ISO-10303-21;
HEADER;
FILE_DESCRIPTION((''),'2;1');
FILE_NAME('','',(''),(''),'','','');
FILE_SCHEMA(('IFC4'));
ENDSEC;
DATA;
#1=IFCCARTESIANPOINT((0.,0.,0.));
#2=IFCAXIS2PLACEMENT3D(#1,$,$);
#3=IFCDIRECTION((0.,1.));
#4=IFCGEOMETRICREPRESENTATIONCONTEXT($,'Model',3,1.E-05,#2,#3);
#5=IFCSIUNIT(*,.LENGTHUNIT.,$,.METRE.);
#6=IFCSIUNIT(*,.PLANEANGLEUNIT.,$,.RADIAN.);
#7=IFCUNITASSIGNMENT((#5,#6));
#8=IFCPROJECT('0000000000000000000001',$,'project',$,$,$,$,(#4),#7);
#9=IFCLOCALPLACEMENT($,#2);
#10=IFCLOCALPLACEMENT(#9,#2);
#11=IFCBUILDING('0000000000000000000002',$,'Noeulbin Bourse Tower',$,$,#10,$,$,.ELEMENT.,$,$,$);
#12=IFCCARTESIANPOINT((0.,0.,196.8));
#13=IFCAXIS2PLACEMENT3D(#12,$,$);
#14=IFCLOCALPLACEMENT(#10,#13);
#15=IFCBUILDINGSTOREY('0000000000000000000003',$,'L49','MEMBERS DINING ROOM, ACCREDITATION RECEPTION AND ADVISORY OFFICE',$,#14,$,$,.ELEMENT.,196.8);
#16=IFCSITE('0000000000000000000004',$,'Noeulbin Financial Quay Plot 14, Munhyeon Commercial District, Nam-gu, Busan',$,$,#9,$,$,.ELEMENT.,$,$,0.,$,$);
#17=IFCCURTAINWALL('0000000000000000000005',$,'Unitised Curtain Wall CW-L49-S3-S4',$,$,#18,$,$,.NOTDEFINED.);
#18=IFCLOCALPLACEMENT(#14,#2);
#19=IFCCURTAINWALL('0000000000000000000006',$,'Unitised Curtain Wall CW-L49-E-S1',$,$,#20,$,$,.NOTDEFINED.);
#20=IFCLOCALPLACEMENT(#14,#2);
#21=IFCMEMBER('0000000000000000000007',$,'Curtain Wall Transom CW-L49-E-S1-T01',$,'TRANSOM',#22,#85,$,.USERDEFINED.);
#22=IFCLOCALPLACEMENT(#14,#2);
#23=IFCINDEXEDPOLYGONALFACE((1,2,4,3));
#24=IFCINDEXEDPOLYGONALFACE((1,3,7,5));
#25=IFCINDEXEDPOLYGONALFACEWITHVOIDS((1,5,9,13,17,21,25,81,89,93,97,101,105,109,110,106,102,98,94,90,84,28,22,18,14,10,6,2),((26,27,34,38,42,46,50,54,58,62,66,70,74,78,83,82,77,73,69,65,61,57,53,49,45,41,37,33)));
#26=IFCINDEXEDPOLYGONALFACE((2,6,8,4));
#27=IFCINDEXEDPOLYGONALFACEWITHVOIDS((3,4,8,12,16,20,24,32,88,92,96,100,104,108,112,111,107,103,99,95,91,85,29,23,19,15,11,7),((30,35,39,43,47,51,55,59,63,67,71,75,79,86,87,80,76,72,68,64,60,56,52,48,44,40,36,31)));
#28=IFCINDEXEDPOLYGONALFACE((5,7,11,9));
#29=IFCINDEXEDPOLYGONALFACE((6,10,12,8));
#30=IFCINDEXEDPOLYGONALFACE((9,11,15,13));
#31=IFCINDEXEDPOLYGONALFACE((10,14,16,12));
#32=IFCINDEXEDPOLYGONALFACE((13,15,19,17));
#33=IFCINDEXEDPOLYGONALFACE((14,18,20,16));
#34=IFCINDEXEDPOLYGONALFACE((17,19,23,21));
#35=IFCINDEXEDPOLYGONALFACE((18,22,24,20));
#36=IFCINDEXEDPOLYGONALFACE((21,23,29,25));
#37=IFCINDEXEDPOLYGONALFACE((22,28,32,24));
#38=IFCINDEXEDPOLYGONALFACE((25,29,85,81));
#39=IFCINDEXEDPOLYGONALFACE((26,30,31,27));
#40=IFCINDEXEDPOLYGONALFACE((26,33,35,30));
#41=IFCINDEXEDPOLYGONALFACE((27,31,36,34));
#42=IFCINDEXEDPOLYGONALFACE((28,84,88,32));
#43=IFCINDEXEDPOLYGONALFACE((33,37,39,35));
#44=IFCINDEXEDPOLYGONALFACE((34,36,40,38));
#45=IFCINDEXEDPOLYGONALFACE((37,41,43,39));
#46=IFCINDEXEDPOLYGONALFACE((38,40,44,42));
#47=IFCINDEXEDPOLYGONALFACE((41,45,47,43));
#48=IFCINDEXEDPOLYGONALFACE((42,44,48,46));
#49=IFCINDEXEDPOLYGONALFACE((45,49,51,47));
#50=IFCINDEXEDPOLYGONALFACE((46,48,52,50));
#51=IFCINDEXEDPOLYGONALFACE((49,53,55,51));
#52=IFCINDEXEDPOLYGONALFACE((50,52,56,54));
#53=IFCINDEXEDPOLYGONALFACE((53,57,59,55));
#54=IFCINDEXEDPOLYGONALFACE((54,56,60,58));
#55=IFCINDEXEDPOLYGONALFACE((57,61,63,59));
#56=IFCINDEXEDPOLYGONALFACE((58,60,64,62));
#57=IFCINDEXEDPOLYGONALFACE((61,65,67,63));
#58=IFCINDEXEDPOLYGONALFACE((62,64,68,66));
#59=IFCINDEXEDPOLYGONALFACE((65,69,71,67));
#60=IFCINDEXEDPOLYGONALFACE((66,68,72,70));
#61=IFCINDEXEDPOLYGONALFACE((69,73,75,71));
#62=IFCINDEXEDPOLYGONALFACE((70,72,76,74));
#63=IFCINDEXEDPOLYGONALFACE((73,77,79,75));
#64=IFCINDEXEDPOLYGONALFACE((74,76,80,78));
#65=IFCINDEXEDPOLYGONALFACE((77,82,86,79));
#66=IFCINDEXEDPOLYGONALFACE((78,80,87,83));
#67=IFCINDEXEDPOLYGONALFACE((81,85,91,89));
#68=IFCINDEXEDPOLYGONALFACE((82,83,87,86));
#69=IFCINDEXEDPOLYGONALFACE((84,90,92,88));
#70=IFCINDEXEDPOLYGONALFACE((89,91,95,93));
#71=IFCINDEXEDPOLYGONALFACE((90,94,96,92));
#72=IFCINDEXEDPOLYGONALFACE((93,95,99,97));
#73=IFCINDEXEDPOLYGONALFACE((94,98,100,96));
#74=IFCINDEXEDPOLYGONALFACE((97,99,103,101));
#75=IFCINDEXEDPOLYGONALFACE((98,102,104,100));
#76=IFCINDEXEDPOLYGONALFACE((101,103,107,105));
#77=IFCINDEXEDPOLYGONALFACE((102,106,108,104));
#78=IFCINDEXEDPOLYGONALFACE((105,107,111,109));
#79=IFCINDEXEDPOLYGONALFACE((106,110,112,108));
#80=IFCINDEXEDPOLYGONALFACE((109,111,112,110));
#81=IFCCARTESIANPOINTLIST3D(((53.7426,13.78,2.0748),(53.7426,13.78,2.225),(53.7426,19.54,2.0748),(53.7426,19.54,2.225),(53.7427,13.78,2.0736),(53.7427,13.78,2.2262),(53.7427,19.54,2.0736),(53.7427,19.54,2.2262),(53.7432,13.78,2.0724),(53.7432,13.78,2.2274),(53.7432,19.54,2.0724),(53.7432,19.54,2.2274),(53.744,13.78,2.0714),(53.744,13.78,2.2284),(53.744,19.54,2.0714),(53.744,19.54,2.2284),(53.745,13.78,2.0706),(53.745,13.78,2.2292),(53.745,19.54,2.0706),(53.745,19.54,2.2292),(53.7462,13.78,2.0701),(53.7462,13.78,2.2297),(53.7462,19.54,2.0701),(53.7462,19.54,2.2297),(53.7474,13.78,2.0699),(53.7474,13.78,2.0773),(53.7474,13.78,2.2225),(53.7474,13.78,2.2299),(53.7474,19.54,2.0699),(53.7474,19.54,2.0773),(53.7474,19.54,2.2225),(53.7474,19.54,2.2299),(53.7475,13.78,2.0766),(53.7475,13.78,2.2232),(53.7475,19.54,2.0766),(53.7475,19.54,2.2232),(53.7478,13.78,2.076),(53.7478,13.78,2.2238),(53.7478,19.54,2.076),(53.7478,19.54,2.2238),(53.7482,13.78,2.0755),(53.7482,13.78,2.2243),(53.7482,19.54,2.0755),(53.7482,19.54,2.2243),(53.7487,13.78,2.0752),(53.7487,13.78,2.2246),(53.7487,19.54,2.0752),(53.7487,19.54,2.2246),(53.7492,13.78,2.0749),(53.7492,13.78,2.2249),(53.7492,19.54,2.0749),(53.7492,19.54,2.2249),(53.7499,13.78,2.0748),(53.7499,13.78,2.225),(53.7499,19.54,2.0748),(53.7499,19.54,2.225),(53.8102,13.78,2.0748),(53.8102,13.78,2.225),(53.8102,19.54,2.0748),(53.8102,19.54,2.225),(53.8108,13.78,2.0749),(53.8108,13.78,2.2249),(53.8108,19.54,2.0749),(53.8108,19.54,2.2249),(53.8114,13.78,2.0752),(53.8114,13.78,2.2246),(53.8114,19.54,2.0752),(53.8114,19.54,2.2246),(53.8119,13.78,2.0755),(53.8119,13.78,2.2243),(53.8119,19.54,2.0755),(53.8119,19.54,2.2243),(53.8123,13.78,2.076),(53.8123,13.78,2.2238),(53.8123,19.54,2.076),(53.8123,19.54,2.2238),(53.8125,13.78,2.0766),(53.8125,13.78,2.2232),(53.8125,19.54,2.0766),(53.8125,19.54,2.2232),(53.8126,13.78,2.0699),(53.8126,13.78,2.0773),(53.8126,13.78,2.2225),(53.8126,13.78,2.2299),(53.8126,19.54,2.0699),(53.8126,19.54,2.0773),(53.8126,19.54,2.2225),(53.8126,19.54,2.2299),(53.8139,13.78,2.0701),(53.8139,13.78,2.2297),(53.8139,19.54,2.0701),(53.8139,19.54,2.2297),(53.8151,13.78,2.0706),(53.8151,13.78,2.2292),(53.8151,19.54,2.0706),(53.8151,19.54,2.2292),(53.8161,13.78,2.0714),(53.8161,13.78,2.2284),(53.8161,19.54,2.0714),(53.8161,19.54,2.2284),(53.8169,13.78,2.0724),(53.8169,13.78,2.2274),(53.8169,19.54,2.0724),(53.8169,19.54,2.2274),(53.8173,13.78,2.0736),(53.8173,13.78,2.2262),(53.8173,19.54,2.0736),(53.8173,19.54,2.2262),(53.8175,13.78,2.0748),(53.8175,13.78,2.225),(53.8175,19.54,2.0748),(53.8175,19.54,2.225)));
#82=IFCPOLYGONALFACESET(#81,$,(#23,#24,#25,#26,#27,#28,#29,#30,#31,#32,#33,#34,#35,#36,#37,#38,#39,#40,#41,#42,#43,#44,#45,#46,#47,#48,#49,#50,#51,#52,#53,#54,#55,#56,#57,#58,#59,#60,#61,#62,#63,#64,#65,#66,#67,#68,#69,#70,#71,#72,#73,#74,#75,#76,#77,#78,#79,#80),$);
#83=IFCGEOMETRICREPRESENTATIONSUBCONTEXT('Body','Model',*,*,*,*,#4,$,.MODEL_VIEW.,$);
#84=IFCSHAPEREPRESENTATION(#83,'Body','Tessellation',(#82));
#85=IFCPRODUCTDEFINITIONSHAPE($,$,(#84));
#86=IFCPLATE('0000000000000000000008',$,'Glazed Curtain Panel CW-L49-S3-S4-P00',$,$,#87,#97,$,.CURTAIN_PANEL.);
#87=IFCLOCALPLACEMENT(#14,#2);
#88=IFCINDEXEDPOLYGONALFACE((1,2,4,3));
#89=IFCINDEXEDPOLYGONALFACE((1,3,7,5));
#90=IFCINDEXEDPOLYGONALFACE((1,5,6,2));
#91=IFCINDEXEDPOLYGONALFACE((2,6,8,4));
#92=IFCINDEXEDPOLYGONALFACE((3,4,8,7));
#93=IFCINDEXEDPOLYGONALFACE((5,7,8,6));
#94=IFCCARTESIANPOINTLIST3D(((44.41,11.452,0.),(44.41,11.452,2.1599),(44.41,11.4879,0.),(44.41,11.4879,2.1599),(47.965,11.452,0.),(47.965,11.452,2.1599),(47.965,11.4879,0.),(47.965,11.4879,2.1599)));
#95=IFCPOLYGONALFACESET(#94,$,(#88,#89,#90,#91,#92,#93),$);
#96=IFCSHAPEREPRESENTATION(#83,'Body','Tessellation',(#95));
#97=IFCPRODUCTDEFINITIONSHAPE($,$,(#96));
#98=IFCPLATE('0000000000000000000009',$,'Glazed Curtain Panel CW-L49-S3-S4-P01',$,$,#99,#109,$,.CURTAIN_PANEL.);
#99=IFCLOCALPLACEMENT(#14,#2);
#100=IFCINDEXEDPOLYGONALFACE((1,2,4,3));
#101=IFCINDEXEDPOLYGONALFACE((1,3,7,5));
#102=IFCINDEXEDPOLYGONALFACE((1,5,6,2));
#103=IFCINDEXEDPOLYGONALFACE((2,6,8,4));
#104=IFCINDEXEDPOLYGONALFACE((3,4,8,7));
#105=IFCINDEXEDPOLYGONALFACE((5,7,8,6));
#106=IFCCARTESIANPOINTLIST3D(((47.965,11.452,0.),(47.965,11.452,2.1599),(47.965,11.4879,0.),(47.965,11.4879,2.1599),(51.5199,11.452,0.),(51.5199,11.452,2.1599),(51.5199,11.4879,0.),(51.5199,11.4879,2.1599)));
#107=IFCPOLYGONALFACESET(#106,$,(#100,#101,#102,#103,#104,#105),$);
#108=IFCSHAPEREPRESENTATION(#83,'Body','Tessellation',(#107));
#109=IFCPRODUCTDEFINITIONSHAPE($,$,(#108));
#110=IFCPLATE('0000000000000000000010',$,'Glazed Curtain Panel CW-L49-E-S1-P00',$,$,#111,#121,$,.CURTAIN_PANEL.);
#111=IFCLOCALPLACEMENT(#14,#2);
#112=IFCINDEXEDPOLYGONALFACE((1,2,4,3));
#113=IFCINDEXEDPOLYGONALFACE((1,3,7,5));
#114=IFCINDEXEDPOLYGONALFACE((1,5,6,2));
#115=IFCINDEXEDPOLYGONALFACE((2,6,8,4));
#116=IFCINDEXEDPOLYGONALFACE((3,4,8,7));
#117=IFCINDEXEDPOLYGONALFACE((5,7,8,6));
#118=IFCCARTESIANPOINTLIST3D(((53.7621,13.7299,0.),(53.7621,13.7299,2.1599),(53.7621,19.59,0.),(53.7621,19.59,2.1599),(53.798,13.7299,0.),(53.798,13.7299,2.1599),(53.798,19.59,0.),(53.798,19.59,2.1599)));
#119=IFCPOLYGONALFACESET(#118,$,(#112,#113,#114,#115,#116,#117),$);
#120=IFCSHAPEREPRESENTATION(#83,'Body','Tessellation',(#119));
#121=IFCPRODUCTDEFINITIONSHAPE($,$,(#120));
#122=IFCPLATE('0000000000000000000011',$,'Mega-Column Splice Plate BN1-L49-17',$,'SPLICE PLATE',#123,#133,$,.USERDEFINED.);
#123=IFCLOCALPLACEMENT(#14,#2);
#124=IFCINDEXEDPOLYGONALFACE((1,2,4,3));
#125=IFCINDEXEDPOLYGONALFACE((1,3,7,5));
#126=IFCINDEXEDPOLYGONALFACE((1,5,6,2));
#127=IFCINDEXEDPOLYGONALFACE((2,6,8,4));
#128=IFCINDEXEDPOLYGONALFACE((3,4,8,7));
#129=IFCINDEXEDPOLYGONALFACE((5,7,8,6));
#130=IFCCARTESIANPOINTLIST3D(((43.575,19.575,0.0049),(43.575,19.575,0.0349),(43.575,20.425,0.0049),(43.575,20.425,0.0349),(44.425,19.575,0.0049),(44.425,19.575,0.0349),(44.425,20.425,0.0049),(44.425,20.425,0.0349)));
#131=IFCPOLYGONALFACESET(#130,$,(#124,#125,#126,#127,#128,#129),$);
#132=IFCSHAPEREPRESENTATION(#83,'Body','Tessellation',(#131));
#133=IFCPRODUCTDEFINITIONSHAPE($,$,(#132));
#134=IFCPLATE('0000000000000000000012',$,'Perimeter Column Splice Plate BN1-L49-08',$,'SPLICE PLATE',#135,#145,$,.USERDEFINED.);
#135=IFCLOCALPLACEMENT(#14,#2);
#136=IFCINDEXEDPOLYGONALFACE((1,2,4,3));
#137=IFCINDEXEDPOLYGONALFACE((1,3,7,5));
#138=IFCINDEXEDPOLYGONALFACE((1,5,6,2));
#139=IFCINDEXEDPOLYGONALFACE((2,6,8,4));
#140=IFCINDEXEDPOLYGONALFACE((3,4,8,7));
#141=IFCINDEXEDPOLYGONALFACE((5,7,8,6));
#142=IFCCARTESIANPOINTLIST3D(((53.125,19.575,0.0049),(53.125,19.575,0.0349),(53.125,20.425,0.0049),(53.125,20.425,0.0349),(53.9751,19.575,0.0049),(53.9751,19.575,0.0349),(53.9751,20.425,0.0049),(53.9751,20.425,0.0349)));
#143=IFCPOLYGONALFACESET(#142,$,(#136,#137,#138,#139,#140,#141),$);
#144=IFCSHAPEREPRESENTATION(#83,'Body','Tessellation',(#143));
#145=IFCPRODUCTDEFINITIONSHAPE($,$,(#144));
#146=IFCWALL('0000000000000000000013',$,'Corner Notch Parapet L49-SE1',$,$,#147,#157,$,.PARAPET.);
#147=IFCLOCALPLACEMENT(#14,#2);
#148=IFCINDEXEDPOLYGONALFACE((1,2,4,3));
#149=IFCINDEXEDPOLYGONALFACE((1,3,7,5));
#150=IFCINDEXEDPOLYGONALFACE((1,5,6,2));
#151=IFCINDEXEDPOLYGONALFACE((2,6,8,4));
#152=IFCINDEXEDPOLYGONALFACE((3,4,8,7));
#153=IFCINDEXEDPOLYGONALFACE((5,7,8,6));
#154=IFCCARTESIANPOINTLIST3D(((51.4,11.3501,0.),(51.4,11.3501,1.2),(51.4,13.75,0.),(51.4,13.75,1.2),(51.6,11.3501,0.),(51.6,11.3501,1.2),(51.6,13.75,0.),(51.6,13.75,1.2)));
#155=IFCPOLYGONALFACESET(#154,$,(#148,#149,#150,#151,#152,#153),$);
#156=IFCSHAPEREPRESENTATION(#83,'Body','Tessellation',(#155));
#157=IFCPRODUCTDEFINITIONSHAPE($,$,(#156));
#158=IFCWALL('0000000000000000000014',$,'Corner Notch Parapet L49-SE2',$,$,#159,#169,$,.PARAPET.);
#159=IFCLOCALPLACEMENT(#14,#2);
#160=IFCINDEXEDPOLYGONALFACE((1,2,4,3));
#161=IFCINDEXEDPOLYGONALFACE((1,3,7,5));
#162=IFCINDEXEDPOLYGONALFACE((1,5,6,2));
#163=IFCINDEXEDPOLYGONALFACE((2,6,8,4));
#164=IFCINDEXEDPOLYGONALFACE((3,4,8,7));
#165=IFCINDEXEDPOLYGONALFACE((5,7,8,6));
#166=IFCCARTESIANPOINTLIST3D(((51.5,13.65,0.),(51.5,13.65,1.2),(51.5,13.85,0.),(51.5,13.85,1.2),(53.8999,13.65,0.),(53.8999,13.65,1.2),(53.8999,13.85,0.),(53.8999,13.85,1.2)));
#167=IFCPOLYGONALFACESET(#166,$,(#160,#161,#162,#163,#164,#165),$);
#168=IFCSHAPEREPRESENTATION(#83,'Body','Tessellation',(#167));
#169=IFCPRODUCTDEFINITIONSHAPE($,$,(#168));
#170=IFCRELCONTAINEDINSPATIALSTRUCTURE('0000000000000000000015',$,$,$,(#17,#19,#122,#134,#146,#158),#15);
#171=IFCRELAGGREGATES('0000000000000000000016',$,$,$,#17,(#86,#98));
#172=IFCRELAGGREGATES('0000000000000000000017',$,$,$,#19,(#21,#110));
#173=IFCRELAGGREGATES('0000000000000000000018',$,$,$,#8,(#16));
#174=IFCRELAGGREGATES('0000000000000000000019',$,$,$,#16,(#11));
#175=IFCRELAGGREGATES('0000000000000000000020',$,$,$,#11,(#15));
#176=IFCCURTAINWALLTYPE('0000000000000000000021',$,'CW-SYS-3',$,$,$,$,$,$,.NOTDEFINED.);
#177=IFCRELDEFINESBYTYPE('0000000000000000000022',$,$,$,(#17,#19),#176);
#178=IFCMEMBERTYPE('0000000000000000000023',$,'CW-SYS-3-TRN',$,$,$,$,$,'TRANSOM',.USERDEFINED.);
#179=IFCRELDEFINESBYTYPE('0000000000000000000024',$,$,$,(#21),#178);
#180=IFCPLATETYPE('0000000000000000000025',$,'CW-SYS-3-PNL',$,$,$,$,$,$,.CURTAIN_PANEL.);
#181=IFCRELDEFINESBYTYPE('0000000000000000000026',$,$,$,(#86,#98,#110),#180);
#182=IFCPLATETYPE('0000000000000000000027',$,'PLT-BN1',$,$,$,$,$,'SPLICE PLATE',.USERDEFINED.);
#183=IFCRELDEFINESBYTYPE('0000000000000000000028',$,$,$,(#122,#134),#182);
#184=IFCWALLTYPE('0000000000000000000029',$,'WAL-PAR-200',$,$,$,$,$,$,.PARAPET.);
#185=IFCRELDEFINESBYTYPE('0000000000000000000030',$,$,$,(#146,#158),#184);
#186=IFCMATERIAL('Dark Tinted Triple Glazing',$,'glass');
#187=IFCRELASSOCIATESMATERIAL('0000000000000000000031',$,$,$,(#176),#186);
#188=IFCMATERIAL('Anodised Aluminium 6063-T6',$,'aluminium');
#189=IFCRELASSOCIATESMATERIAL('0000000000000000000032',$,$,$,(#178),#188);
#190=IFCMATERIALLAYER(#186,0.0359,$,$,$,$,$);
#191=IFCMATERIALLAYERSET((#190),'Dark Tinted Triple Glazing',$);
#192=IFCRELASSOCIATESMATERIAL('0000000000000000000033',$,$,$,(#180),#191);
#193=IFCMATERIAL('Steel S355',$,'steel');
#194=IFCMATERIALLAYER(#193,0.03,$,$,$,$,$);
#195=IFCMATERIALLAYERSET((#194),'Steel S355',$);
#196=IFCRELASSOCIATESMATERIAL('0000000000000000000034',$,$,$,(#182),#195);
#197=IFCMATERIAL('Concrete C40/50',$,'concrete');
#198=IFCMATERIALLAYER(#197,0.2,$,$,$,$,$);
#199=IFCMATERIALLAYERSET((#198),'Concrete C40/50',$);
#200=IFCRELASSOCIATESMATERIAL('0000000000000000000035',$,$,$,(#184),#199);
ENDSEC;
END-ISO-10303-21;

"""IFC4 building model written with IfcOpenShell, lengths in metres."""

from ifc_helpers import new_model, si_unit, direction, frame, frame_2d, origin, origin_2d, place, context, subcontext, project, spatial, rectangle, hollow_rectangle, extrude, material, layer, layer_set, material_profile, profile_set, type_object, element, aggregate, save


model = new_model("IFC4")

# Units and contexts
model_context = context("Model", 3, precision=1e-05, world=origin(), true_north=direction((0.0, 1.0)))
body_context = subcontext(model_context, "Body", "Model", "MODEL_VIEW")
ifc_project = project(units=[si_unit("LENGTHUNIT", "METRE"), si_unit("PLANEANGLEUNIT", "RADIAN")], contexts=[model_context])

# Site, building, storey
site_placement = place(None, origin())
site = spatial("IfcSite", under=ifc_project, at=site_placement, Name="Noeulbin Financial Quay Plot 14, Munhyeon Commercial District, Nam-gu, Busan", CompositionType="ELEMENT", RefElevation=0.0)
building_placement = place(site_placement, origin())
building = spatial("IfcBuilding", under=site, at=building_placement, Name="Noeulbin Bourse Tower", CompositionType="ELEMENT")
storey_placement = place(building_placement, frame((0.0, 0.0, 196.8)))
storey = spatial("IfcBuildingStorey", under=building, at=storey_placement, Name="L49", Description="MEMBERS DINING ROOM, ACCREDITATION RECEPTION AND ADVISORY OFFICE", CompositionType="ELEMENT", Elevation=196.8)

# Shared definitions
ifc_material_1 = material(Name="Steel S355", Category="steel")

# Curtain walls
ifc_material_2 = material(Name="Dark Tinted Triple Glazing", Category="glass")
curtain_wall_type = type_object("IfcCurtainWallType", Name="CW-SYS-3", PredefinedType="NOTDEFINED", material=ifc_material_2)
curtain_wall_1_placement = place(storey_placement, origin())
curtain_wall_1 = element("IfcCurtainWall", 1, at=curtain_wall_1_placement, inside=storey, type_object=curtain_wall_type, Name="Unitised Curtain Wall CW-L49-S3-S4", PredefinedType="NOTDEFINED")
ifc_material_3 = material(Name="Anodised Aluminium 6063-T6", Category="aluminium")
curtain_wall_2_placement = place(storey_placement, origin())
curtain_wall_2 = element("IfcCurtainWall", 2, at=curtain_wall_2_placement, inside=storey, type_object=curtain_wall_type, Name="Unitised Curtain Wall CW-L49-E-S1", PredefinedType="NOTDEFINED")

# Member
ifc_material_profile_1 = material_profile(ifc_material_3, hollow_rectangle(XDim=0.075, YDim=0.1599, WallThickness=0.0049, InnerFilletRadius=0.0024, OuterFilletRadius=0.0049, at=origin_2d()), Name="ALU-TRAN-75x160x5", Category="LoadBearing")
ifc_profile_set_1 = profile_set([ifc_material_profile_1], Name="Anodised Aluminium 6063-T6")
member_type_1 = type_object("IfcMemberType", Name="CW-SYS-3-TRN", ElementType="TRANSOM", PredefinedType="USERDEFINED", material=ifc_profile_set_1)
member_1_placement = place(storey_placement, frame((53.78, 13.78, 2.1499), z_axis=(0.0, 1.0, 0.0), x_axis=(-1.0, 0.0, 0.0)))
member_1 = element("IfcMember", 3, at=member_1_placement, type_object=member_type_1, Name="Curtain Wall Transom CW-L49-E-S1-T01", ObjectType="TRANSOM", PredefinedType="USERDEFINED", context=body_context, shape_type="SweptSolid", body=[
    extrude(hollow_rectangle(XDim=0.075, YDim=0.1599, WallThickness=0.0049, InnerFilletRadius=0.0024, OuterFilletRadius=0.0049, at=origin_2d()), origin(), (0.0, 0.0, 1.0), 5.76),
])

# Plates
ifc_layer_1 = layer(ifc_material_2, 0.0359)
ifc_layer_set_1 = layer_set([ifc_layer_1], Name="Dark Tinted Triple Glazing")
plate_type_1 = type_object("IfcPlateType", Name="CW-SYS-3-PNL", PredefinedType="CURTAIN_PANEL", material=ifc_layer_set_1)
plate_1_placement = place(storey_placement, frame((46.1875, 11.47, 0.0), z_axis=(0.0, 0.0, 1.0), x_axis=(1.0, 0.0, 0.0)))
plate_1 = element("IfcPlate", 4, at=plate_1_placement, type_object=plate_type_1, Name="Glazed Curtain Panel CW-L49-S3-S4-P00", PredefinedType="CURTAIN_PANEL", context=body_context, shape_type="SweptSolid", body=[
    extrude(rectangle(XDim=3.5549, YDim=0.0359, at=origin_2d()), origin(), (0.0, 0.0, 1.0), 2.1599),
])
plate_2_placement = place(storey_placement, frame((49.7424, 11.47, 0.0), z_axis=(0.0, 0.0, 1.0), x_axis=(1.0, 0.0, 0.0)))
plate_2 = element("IfcPlate", 5, at=plate_2_placement, type_object=plate_type_1, Name="Glazed Curtain Panel CW-L49-S3-S4-P01", PredefinedType="CURTAIN_PANEL", context=body_context, shape_type="SweptSolid", body=[
    extrude(rectangle(XDim=3.5549, YDim=0.0359, at=origin_2d()), origin(), (0.0, 0.0, 1.0), 2.1599),
])
aggregate(curtain_wall_1, [plate_1, plate_2])
plate_3_placement = place(storey_placement, frame((53.78, 16.6599, 0.0), z_axis=(0.0, 0.0, 1.0), x_axis=(0.0, 1.0, 0.0)))
plate_3 = element("IfcPlate", 6, at=plate_3_placement, type_object=plate_type_1, Name="Glazed Curtain Panel CW-L49-E-S1-P00", PredefinedType="CURTAIN_PANEL", context=body_context, shape_type="SweptSolid", body=[
    extrude(rectangle(XDim=5.8601, YDim=0.0359, at=origin_2d()), origin(), (0.0, 0.0, 1.0), 2.1599),
])
aggregate(curtain_wall_2, [member_1, plate_3])

# Plates
ifc_layer_2 = layer(ifc_material_1, 0.03)
ifc_layer_set_2 = layer_set([ifc_layer_2], Name="Steel S355")
plate_type_2 = type_object("IfcPlateType", Name="PLT-BN1", ElementType="SPLICE PLATE", PredefinedType="USERDEFINED", material=ifc_layer_set_2)
for number, where, z_axis, x_axis, name in (
    (7, (44.0, 20.0, 0.0049), (0.0, 0.0, 1.0), (1.0, 0.0, 0.0), "Mega-Column Splice Plate BN1-L49-17"),
    (8, (53.55, 20.0, 0.0049), (0.0, 0.0, 1.0), (1.0, 0.0, 0.0), "Perimeter Column Splice Plate BN1-L49-08"),
):
    element("IfcPlate", number, at=place(storey_placement, frame(where, z_axis=z_axis, x_axis=x_axis)), inside=storey, type_object=plate_type_2, Name=name, ObjectType="SPLICE PLATE", PredefinedType="USERDEFINED", context=body_context, shape_type="SweptSolid", body=[
        extrude(rectangle(XDim=0.8501, YDim=0.8501, at=origin_2d()), origin(), (0.0, 0.0, 1.0), 0.03),
    ])

# Walls
ifc_material_4 = material(Name="Concrete C40/50", Category="concrete")
ifc_layer_3 = layer(ifc_material_4, 0.2)
ifc_layer_set_3 = layer_set([ifc_layer_3], Name="Concrete C40/50")
wall_type_1 = type_object("IfcWallType", Name="WAL-PAR-200", PredefinedType="PARAPET", material=ifc_layer_set_3)
for number, where, z_axis, x_axis, name in (
    (9, (51.5, 11.3501, 0.0), (0.0, 0.0, 1.0), (0.0, 1.0, 0.0), "Corner Notch Parapet L49-SE1"),
    (10, (51.5, 13.75, 0.0), (0.0, 0.0, 1.0), (1.0, 0.0, 0.0), "Corner Notch Parapet L49-SE2"),
):
    element("IfcWall", number, at=place(storey_placement, frame(where, z_axis=z_axis, x_axis=x_axis)), inside=storey, type_object=wall_type_1, Name=name, PredefinedType="PARAPET", context=body_context, shape_type="SweptSolid", body=[
        extrude(rectangle(XDim=2.3999, YDim=0.2, at=frame_2d((1.2, 0.0))), origin(), (0.0, 0.0, 1.0), 1.2),
    ])

save(model, "model.ifc")
